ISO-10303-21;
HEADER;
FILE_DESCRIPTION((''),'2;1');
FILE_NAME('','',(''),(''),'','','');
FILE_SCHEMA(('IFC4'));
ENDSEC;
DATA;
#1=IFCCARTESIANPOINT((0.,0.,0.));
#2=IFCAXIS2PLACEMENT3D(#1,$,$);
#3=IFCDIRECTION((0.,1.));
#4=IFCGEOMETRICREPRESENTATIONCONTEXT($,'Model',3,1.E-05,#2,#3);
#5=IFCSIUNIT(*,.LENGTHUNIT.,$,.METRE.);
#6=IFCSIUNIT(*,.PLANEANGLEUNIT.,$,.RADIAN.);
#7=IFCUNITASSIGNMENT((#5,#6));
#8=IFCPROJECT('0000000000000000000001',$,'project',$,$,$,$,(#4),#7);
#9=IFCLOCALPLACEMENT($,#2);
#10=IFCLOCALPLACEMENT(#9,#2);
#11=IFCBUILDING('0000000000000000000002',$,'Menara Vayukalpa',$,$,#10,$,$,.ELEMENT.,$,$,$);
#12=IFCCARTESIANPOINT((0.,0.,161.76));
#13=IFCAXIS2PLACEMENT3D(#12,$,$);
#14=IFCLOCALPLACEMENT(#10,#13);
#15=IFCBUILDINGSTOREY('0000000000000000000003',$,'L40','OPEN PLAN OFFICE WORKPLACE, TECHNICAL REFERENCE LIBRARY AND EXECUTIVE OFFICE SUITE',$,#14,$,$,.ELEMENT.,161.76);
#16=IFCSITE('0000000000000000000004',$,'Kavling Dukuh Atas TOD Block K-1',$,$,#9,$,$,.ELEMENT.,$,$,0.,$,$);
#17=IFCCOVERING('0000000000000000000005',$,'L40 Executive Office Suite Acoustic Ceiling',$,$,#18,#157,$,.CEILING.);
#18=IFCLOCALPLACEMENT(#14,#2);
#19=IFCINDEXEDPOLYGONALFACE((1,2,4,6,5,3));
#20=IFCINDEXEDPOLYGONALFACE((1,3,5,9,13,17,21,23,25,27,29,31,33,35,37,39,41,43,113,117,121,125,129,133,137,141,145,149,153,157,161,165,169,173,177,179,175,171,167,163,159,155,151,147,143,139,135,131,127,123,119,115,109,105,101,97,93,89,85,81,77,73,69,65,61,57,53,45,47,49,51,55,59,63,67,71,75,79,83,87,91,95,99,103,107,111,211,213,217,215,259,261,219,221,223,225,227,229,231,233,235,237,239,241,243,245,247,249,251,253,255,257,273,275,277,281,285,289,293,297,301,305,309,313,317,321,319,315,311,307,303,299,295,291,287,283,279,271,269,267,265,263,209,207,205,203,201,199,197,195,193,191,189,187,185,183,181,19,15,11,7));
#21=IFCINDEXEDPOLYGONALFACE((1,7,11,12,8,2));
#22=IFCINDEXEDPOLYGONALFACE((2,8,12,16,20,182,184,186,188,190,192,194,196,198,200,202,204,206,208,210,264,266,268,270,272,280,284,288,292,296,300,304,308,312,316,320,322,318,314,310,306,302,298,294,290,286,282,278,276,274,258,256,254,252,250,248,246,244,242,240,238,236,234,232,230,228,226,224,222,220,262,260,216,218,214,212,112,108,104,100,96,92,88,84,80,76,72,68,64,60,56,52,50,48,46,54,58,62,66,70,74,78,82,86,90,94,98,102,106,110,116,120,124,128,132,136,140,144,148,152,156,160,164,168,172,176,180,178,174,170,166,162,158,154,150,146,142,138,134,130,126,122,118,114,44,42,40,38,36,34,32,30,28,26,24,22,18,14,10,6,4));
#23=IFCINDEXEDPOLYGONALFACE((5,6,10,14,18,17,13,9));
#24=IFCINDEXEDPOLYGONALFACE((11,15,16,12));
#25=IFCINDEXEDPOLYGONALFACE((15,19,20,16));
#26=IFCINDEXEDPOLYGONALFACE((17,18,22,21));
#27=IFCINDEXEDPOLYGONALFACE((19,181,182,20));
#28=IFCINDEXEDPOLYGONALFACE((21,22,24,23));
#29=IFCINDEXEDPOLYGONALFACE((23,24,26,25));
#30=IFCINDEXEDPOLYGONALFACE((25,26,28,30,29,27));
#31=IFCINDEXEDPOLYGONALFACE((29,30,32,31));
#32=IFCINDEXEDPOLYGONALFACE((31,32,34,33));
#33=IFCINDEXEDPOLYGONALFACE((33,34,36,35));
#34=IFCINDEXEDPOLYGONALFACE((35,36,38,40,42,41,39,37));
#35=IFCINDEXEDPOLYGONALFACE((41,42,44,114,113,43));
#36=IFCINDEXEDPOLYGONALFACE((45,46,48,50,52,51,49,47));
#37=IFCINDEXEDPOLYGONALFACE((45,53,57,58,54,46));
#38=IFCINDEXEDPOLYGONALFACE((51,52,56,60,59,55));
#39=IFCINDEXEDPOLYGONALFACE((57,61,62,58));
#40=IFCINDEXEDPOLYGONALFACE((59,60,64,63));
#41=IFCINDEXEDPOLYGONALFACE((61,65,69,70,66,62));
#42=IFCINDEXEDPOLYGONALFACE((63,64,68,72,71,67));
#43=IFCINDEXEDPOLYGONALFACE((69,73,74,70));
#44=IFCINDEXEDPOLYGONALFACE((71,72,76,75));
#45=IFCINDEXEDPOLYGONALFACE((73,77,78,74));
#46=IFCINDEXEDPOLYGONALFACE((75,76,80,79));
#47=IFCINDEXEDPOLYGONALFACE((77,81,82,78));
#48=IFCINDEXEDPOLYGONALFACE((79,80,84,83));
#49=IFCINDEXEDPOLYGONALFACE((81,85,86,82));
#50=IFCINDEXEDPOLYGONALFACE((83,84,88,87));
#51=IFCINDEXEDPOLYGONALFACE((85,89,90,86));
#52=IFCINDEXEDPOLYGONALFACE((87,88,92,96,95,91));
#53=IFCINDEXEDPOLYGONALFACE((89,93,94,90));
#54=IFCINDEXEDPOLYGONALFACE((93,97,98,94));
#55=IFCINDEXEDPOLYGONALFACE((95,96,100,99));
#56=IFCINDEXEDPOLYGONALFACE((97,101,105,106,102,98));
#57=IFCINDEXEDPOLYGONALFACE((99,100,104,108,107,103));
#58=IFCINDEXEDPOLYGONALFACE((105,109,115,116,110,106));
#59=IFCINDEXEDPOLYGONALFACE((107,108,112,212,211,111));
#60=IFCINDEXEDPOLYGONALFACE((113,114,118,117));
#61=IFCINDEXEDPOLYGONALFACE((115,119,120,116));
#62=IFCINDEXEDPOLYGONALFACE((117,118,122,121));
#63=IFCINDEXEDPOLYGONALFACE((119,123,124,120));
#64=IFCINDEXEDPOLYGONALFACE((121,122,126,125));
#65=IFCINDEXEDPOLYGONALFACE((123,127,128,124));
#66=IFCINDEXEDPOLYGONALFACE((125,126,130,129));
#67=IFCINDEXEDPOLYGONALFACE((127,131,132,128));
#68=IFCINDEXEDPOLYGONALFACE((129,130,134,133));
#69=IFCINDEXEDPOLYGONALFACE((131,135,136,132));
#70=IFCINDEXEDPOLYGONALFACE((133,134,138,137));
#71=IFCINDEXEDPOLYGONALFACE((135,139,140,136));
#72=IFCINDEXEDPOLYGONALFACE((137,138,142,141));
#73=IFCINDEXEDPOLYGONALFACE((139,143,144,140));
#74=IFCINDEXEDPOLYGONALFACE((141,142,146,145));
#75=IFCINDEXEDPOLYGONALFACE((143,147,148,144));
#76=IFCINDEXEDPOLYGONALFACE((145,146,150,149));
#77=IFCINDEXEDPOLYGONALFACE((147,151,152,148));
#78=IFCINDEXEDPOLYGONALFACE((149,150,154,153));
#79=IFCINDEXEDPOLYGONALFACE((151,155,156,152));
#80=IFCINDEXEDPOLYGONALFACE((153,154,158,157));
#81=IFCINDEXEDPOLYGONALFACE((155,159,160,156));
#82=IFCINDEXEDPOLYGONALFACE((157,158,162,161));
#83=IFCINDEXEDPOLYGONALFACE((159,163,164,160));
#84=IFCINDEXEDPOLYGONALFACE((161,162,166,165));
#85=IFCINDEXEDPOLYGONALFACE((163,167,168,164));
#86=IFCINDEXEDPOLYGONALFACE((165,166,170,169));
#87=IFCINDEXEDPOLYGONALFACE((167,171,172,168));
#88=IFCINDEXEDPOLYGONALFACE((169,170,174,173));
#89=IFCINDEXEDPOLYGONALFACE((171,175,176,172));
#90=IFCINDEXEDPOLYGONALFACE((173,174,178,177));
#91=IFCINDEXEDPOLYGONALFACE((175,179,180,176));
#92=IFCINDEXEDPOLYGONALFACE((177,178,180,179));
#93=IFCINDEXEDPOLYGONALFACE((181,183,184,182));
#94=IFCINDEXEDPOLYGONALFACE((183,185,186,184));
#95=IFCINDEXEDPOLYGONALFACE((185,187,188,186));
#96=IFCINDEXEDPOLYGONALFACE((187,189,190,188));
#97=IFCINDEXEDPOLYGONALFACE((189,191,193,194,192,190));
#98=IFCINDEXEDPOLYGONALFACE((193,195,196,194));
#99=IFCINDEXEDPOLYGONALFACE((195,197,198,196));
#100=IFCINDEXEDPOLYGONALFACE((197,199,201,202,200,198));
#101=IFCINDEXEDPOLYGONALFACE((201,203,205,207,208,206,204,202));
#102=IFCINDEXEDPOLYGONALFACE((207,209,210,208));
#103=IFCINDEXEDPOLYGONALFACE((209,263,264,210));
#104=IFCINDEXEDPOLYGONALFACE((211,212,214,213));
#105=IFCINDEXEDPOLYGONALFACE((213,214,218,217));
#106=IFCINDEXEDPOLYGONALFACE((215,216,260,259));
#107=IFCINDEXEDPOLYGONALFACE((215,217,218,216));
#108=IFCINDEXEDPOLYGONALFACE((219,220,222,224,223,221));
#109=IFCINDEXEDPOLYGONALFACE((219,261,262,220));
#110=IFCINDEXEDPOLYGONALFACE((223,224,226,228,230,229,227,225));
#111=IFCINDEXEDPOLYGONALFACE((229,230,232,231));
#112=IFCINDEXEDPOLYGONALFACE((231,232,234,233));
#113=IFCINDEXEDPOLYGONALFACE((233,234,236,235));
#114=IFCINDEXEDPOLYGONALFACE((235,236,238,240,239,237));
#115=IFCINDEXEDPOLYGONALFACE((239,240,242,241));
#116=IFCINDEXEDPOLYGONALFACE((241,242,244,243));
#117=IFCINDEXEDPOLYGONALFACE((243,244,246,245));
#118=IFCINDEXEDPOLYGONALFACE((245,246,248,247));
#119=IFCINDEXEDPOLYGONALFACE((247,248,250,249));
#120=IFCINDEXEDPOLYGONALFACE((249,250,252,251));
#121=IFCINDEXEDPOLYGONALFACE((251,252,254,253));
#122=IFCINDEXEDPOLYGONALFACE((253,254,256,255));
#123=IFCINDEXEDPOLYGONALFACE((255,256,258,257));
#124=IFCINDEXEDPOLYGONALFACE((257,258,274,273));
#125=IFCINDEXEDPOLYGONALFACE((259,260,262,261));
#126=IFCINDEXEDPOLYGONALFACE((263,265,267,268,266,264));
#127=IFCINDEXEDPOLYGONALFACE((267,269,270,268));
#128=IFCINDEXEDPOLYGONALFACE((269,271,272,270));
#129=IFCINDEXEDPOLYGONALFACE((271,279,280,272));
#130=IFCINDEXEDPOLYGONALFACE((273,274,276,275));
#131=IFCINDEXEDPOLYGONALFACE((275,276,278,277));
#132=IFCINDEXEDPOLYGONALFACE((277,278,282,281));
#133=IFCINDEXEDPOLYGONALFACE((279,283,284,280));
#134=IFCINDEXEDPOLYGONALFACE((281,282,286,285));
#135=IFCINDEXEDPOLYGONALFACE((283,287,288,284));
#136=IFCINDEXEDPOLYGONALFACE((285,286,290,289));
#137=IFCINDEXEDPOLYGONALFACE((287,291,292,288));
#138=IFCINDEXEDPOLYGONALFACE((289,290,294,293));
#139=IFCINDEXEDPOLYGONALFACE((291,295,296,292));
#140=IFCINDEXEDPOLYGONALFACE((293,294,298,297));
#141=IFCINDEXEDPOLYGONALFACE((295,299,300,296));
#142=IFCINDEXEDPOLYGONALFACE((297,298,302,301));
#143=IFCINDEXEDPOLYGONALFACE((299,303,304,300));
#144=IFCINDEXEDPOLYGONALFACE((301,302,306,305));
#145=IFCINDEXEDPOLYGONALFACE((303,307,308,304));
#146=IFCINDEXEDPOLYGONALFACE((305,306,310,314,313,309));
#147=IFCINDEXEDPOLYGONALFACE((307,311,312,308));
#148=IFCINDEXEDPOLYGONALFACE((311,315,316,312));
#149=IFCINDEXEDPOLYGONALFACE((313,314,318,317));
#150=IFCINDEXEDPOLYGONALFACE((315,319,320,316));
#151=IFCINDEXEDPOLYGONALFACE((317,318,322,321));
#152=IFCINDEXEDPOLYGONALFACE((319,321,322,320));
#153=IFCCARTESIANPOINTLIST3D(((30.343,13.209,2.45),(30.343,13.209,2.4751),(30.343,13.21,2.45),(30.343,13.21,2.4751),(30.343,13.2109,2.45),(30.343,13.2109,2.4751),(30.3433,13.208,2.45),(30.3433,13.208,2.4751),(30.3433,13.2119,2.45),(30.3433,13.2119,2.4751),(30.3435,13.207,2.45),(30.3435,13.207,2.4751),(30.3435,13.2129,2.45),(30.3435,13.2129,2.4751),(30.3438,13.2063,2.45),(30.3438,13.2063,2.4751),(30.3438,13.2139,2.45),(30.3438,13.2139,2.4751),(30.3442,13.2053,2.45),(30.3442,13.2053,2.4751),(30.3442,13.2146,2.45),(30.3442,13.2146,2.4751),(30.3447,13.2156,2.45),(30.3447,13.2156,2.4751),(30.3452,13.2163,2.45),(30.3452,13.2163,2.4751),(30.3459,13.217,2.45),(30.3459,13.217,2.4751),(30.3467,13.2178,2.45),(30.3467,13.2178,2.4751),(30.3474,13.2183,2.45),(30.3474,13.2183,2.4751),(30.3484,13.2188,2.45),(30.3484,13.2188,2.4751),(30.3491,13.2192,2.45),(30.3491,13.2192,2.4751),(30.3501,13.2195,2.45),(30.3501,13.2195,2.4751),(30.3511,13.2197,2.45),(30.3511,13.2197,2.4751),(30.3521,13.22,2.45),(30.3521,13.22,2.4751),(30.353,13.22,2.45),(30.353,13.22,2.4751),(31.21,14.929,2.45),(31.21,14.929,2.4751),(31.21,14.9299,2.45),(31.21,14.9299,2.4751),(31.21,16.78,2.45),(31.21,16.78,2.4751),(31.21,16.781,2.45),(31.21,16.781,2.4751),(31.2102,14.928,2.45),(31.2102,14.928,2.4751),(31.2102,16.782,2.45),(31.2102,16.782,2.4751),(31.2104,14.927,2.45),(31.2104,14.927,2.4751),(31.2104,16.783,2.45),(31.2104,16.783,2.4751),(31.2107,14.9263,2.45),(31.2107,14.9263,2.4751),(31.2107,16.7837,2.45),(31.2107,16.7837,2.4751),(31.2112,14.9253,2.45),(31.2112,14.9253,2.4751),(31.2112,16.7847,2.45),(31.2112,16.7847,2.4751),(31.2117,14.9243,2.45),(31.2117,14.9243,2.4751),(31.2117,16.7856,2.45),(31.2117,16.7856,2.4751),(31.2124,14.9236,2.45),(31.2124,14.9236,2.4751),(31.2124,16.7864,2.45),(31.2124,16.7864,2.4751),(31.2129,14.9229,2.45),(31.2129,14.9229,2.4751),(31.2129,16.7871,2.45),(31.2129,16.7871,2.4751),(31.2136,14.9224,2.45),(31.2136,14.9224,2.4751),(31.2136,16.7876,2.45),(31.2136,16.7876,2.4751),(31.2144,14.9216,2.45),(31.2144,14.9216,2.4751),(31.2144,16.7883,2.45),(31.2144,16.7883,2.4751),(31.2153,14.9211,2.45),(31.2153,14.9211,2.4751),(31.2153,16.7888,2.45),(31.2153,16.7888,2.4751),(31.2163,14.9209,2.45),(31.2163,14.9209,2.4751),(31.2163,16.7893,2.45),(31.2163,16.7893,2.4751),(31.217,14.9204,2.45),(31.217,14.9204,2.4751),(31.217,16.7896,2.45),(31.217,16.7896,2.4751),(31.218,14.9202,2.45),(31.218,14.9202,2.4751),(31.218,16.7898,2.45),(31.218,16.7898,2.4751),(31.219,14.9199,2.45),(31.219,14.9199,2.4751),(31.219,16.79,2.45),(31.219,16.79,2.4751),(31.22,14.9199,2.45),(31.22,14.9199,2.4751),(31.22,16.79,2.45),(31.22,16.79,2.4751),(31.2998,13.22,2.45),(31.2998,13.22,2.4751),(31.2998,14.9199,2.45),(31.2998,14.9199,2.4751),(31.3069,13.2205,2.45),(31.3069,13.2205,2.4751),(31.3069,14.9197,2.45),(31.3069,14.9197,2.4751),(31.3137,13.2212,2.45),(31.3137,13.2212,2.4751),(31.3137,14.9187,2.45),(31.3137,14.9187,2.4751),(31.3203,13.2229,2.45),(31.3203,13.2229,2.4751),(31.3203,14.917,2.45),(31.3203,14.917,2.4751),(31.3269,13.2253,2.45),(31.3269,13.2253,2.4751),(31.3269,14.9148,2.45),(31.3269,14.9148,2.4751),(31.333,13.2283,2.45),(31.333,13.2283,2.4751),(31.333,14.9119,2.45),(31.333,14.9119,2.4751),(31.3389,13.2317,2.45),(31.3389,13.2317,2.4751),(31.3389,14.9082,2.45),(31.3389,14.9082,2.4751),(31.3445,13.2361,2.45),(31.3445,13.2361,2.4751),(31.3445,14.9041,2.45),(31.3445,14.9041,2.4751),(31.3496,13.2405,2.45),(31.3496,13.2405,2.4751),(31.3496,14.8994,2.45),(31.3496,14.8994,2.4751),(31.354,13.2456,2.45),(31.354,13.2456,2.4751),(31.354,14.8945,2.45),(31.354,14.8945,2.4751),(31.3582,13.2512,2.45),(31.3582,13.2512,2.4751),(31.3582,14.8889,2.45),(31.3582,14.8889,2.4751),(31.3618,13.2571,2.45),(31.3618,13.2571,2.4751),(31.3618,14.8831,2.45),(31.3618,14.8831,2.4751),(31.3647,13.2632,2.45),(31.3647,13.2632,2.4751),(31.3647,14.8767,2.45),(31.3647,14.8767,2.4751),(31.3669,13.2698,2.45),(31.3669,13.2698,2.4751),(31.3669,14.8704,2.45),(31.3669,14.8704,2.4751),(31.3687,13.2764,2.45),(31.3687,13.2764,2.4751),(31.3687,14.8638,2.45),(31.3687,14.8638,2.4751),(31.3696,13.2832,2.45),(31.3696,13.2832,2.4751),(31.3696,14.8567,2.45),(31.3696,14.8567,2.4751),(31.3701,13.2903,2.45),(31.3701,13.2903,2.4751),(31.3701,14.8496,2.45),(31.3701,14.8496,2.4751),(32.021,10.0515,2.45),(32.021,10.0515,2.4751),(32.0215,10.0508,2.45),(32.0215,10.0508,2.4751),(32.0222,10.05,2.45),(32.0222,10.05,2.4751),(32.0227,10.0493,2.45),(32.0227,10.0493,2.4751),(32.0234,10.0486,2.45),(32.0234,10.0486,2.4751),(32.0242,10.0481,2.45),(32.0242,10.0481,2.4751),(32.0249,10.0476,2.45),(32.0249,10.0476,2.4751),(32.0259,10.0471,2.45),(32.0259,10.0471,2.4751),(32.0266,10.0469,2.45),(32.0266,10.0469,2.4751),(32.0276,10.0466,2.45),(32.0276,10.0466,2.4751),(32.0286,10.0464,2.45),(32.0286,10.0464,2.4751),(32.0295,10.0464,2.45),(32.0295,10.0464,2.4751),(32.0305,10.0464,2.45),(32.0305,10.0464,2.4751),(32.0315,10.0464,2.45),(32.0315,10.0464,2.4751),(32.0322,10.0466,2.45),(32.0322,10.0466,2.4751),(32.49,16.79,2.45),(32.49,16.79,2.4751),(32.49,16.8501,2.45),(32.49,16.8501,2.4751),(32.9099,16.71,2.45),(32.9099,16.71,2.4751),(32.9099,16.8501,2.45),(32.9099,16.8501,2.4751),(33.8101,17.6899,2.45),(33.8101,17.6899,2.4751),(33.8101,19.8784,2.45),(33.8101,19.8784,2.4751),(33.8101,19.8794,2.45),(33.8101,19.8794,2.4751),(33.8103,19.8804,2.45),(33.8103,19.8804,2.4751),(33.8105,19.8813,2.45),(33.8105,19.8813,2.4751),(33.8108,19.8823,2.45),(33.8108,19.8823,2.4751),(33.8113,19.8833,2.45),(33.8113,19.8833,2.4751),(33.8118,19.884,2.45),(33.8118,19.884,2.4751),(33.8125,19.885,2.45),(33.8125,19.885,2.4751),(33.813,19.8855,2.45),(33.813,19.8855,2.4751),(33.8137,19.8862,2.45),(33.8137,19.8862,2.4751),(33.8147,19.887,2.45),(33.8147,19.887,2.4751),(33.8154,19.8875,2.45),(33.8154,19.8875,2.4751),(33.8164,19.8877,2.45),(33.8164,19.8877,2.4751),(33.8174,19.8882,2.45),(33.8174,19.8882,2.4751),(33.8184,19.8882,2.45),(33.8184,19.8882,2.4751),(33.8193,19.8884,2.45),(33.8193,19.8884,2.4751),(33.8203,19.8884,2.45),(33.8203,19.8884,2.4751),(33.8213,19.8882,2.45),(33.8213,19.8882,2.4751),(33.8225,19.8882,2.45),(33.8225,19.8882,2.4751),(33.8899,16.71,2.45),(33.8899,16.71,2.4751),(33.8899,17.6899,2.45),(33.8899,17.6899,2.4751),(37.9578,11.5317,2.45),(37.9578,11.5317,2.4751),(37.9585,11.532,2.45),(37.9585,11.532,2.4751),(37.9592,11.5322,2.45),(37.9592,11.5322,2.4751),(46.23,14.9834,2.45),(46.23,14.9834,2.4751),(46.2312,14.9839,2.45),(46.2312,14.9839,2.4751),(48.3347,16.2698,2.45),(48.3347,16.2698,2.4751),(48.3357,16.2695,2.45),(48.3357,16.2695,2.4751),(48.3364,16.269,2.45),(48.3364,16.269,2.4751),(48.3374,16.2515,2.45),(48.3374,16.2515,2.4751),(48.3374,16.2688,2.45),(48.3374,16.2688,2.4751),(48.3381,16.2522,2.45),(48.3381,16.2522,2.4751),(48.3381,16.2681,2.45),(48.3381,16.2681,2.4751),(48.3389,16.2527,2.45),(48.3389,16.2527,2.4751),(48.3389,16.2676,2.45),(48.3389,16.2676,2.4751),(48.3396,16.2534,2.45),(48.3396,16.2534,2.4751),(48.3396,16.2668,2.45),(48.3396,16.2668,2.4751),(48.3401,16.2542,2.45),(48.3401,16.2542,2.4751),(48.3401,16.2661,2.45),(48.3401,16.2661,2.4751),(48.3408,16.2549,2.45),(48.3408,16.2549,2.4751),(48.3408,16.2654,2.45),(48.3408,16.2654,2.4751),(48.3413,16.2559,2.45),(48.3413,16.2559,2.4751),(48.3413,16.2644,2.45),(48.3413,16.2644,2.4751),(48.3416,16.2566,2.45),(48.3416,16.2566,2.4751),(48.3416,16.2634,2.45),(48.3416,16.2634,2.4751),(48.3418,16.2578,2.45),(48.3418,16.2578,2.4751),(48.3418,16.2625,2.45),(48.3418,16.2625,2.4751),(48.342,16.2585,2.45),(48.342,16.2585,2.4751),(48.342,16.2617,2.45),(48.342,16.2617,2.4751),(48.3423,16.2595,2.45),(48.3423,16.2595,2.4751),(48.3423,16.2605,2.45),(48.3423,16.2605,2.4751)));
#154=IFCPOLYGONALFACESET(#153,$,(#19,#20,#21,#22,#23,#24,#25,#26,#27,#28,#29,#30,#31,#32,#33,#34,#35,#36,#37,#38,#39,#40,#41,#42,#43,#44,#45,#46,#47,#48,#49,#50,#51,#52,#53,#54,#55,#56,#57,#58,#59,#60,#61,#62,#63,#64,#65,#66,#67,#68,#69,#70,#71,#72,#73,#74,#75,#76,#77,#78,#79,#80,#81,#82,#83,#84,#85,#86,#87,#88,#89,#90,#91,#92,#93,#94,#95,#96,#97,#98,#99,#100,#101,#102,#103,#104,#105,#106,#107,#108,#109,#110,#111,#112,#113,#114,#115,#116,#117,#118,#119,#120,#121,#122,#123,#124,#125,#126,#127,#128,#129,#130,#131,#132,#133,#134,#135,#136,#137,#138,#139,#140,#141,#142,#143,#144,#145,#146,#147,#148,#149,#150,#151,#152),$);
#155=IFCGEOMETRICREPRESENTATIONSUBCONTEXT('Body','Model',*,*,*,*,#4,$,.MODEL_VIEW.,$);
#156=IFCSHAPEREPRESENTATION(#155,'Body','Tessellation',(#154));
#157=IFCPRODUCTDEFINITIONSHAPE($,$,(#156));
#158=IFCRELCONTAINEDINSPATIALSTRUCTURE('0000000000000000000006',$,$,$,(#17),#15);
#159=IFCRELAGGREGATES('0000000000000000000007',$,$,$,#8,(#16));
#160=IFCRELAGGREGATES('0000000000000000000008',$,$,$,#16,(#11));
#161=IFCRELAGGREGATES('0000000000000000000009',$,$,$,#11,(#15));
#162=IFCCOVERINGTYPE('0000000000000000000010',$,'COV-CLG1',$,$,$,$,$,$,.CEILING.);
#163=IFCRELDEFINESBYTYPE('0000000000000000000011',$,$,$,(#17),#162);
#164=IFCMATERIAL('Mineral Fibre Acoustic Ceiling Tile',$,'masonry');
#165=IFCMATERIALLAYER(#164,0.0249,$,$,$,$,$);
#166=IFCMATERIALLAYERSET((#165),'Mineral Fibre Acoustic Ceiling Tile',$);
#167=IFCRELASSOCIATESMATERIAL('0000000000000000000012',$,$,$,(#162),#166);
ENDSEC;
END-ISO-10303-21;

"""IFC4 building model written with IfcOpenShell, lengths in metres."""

from ifc_helpers import new_model, si_unit, direction, frame, origin, place, context, subcontext, project, spatial, polyline, outline, extrude, material, layer, layer_set, type_object, element, save


model = new_model("IFC4")

# Units and contexts
model_context = context("Model", 3, precision=1e-05, world=origin(), true_north=direction((0.0, 1.0)))
body_context = subcontext(model_context, "Body", "Model", "MODEL_VIEW")
ifc_project = project(units=[si_unit("LENGTHUNIT", "METRE"), si_unit("PLANEANGLEUNIT", "RADIAN")], contexts=[model_context])

# Site, building, storey
site_placement = place(None, origin())
site = spatial("IfcSite", under=ifc_project, at=site_placement, Name="Kavling Dukuh Atas TOD Block K-1", CompositionType="ELEMENT", RefElevation=0.0)
building_placement = place(site_placement, origin())
building = spatial("IfcBuilding", under=site, at=building_placement, Name="Menara Vayukalpa", CompositionType="ELEMENT")
storey_placement = place(building_placement, frame((0.0, 0.0, 161.76)))
storey = spatial("IfcBuildingStorey", under=building, at=storey_placement, Name="L40", Description="OPEN PLAN OFFICE WORKPLACE, TECHNICAL REFERENCE LIBRARY AND EXECUTIVE OFFICE SUITE", CompositionType="ELEMENT", Elevation=161.76)

# Covering
ifc_material_1 = material(Name="Mineral Fibre Acoustic Ceiling Tile", Category="masonry")
ifc_layer_1 = layer(ifc_material_1, 0.0249)
ifc_layer_set_1 = layer_set([ifc_layer_1], Name="Mineral Fibre Acoustic Ceiling Tile")
covering_type_1 = type_object("IfcCoveringType", Name="COV-CLG1", PredefinedType="CEILING", material=ifc_layer_set_1)
covering_1_placement = place(storey_placement, frame((0.0, 0.0, 2.45)))
element("IfcCovering", 1, at=covering_1_placement, inside=storey, type_object=covering_type_1, Name="L40 Executive Office Suite Acoustic Ceiling", PredefinedType="CEILING", context=body_context, shape_type="SweptSolid", body=[
    extrude(outline(polyline([(37.9578, 11.5317), (32.0322, 10.0466), (32.0315, 10.0464), (32.0305, 10.0464), (32.0295, 10.0464), (32.0286, 10.0464), (32.0276, 10.0466), (32.0266, 10.0469), (32.0259, 10.0471), (32.0249, 10.0476), (32.0242, 10.0481), (32.0234, 10.0486), (32.0227, 10.0493), (32.0222, 10.05), (32.0215, 10.0508), (32.021, 10.0515), (30.3442, 13.2053), (30.3438, 13.2063), (30.3435, 13.207), (30.3433, 13.208), (30.343, 13.209), (30.343, 13.21), (30.343, 13.2109), (30.3433, 13.2119), (30.3435, 13.2129), (30.3438, 13.2139), (30.3442, 13.2146), (30.3447, 13.2156), (30.3452, 13.2163), (30.3459, 13.217), (30.3467, 13.2178), (30.3474, 13.2183), (30.3484, 13.2188), (30.3491, 13.2192), (30.3501, 13.2195), (30.3511, 13.2197), (30.3521, 13.22), (30.353, 13.22), (31.2998, 13.22), (31.3069, 13.2205), (31.3137, 13.2212), (31.3203, 13.2229), (31.3269, 13.2253), (31.333, 13.2283), (31.3389, 13.2317), (31.3445, 13.2361), (31.3496, 13.2405), (31.354, 13.2456), (31.3582, 13.2512), (31.3618, 13.2571), (31.3647, 13.2632), (31.3669, 13.2698), (31.3687, 13.2764), (31.3696, 13.2832), (31.3701, 13.2903), (31.3701, 14.8496), (31.3696, 14.8567), (31.3687, 14.8638), (31.3669, 14.8704), (31.3647, 14.8767), (31.3618, 14.8831), (31.3582, 14.8889), (31.354, 14.8945), (31.3496, 14.8994), (31.3445, 14.9041), (31.3389, 14.9082), (31.333, 14.9119), (31.3269, 14.9148), (31.3203, 14.917), (31.3137, 14.9187), (31.3069, 14.9197), (31.2998, 14.9199), (31.22, 14.9199), (31.219, 14.9199), (31.218, 14.9202), (31.217, 14.9204), (31.2163, 14.9209), (31.2153, 14.9211), (31.2144, 14.9216), (31.2136, 14.9224), (31.2129, 14.9229), (31.2124, 14.9236), (31.2117, 14.9243), (31.2112, 14.9253), (31.2107, 14.9263), (31.2104, 14.927), (31.2102, 14.928), (31.21, 14.929), (31.21, 14.9299), (31.21, 16.78), (31.21, 16.781), (31.2102, 16.782), (31.2104, 16.783), (31.2107, 16.7837), (31.2112, 16.7847), (31.2117, 16.7856), (31.2124, 16.7864), (31.2129, 16.7871), (31.2136, 16.7876), (31.2144, 16.7883), (31.2153, 16.7888), (31.2163, 16.7893), (31.217, 16.7896), (31.218, 16.7898), (31.219, 16.79), (31.22, 16.79), (32.49, 16.79), (32.49, 16.8501), (32.9099, 16.8501), (32.9099, 16.71), (33.8899, 16.71), (33.8899, 17.6899), (33.8101, 17.6899), (33.8101, 19.8784), (33.8101, 19.8794), (33.8103, 19.8804), (33.8105, 19.8813), (33.8108, 19.8823), (33.8113, 19.8833), (33.8118, 19.884), (33.8125, 19.885), (33.813, 19.8855), (33.8137, 19.8862), (33.8147, 19.887), (33.8154, 19.8875), (33.8164, 19.8877), (33.8174, 19.8882), (33.8184, 19.8882), (33.8193, 19.8884), (33.8203, 19.8884), (33.8213, 19.8882), (33.8225, 19.8882), (48.3347, 16.2698), (48.3357, 16.2695), (48.3364, 16.269), (48.3374, 16.2688), (48.3381, 16.2681), (48.3389, 16.2676), (48.3396, 16.2668), (48.3401, 16.2661), (48.3408, 16.2654), (48.3413, 16.2644), (48.3416, 16.2634), (48.3418, 16.2625), (48.342, 16.2617), (48.3423, 16.2605), (48.3423, 16.2595), (48.342, 16.2585), (48.3418, 16.2578), (48.3416, 16.2566), (48.3413, 16.2559), (48.3408, 16.2549), (48.3401, 16.2542), (48.3396, 16.2534), (48.3389, 16.2527), (48.3381, 16.2522), (48.3374, 16.2515), (46.2312, 14.9839), (46.23, 14.9834), (37.9592, 11.5322), (37.9585, 11.532), (37.9578, 11.5317)])), origin(), (0.0, 0.0, 1.0), 0.0251),
])

save(model, "model.ifc")
